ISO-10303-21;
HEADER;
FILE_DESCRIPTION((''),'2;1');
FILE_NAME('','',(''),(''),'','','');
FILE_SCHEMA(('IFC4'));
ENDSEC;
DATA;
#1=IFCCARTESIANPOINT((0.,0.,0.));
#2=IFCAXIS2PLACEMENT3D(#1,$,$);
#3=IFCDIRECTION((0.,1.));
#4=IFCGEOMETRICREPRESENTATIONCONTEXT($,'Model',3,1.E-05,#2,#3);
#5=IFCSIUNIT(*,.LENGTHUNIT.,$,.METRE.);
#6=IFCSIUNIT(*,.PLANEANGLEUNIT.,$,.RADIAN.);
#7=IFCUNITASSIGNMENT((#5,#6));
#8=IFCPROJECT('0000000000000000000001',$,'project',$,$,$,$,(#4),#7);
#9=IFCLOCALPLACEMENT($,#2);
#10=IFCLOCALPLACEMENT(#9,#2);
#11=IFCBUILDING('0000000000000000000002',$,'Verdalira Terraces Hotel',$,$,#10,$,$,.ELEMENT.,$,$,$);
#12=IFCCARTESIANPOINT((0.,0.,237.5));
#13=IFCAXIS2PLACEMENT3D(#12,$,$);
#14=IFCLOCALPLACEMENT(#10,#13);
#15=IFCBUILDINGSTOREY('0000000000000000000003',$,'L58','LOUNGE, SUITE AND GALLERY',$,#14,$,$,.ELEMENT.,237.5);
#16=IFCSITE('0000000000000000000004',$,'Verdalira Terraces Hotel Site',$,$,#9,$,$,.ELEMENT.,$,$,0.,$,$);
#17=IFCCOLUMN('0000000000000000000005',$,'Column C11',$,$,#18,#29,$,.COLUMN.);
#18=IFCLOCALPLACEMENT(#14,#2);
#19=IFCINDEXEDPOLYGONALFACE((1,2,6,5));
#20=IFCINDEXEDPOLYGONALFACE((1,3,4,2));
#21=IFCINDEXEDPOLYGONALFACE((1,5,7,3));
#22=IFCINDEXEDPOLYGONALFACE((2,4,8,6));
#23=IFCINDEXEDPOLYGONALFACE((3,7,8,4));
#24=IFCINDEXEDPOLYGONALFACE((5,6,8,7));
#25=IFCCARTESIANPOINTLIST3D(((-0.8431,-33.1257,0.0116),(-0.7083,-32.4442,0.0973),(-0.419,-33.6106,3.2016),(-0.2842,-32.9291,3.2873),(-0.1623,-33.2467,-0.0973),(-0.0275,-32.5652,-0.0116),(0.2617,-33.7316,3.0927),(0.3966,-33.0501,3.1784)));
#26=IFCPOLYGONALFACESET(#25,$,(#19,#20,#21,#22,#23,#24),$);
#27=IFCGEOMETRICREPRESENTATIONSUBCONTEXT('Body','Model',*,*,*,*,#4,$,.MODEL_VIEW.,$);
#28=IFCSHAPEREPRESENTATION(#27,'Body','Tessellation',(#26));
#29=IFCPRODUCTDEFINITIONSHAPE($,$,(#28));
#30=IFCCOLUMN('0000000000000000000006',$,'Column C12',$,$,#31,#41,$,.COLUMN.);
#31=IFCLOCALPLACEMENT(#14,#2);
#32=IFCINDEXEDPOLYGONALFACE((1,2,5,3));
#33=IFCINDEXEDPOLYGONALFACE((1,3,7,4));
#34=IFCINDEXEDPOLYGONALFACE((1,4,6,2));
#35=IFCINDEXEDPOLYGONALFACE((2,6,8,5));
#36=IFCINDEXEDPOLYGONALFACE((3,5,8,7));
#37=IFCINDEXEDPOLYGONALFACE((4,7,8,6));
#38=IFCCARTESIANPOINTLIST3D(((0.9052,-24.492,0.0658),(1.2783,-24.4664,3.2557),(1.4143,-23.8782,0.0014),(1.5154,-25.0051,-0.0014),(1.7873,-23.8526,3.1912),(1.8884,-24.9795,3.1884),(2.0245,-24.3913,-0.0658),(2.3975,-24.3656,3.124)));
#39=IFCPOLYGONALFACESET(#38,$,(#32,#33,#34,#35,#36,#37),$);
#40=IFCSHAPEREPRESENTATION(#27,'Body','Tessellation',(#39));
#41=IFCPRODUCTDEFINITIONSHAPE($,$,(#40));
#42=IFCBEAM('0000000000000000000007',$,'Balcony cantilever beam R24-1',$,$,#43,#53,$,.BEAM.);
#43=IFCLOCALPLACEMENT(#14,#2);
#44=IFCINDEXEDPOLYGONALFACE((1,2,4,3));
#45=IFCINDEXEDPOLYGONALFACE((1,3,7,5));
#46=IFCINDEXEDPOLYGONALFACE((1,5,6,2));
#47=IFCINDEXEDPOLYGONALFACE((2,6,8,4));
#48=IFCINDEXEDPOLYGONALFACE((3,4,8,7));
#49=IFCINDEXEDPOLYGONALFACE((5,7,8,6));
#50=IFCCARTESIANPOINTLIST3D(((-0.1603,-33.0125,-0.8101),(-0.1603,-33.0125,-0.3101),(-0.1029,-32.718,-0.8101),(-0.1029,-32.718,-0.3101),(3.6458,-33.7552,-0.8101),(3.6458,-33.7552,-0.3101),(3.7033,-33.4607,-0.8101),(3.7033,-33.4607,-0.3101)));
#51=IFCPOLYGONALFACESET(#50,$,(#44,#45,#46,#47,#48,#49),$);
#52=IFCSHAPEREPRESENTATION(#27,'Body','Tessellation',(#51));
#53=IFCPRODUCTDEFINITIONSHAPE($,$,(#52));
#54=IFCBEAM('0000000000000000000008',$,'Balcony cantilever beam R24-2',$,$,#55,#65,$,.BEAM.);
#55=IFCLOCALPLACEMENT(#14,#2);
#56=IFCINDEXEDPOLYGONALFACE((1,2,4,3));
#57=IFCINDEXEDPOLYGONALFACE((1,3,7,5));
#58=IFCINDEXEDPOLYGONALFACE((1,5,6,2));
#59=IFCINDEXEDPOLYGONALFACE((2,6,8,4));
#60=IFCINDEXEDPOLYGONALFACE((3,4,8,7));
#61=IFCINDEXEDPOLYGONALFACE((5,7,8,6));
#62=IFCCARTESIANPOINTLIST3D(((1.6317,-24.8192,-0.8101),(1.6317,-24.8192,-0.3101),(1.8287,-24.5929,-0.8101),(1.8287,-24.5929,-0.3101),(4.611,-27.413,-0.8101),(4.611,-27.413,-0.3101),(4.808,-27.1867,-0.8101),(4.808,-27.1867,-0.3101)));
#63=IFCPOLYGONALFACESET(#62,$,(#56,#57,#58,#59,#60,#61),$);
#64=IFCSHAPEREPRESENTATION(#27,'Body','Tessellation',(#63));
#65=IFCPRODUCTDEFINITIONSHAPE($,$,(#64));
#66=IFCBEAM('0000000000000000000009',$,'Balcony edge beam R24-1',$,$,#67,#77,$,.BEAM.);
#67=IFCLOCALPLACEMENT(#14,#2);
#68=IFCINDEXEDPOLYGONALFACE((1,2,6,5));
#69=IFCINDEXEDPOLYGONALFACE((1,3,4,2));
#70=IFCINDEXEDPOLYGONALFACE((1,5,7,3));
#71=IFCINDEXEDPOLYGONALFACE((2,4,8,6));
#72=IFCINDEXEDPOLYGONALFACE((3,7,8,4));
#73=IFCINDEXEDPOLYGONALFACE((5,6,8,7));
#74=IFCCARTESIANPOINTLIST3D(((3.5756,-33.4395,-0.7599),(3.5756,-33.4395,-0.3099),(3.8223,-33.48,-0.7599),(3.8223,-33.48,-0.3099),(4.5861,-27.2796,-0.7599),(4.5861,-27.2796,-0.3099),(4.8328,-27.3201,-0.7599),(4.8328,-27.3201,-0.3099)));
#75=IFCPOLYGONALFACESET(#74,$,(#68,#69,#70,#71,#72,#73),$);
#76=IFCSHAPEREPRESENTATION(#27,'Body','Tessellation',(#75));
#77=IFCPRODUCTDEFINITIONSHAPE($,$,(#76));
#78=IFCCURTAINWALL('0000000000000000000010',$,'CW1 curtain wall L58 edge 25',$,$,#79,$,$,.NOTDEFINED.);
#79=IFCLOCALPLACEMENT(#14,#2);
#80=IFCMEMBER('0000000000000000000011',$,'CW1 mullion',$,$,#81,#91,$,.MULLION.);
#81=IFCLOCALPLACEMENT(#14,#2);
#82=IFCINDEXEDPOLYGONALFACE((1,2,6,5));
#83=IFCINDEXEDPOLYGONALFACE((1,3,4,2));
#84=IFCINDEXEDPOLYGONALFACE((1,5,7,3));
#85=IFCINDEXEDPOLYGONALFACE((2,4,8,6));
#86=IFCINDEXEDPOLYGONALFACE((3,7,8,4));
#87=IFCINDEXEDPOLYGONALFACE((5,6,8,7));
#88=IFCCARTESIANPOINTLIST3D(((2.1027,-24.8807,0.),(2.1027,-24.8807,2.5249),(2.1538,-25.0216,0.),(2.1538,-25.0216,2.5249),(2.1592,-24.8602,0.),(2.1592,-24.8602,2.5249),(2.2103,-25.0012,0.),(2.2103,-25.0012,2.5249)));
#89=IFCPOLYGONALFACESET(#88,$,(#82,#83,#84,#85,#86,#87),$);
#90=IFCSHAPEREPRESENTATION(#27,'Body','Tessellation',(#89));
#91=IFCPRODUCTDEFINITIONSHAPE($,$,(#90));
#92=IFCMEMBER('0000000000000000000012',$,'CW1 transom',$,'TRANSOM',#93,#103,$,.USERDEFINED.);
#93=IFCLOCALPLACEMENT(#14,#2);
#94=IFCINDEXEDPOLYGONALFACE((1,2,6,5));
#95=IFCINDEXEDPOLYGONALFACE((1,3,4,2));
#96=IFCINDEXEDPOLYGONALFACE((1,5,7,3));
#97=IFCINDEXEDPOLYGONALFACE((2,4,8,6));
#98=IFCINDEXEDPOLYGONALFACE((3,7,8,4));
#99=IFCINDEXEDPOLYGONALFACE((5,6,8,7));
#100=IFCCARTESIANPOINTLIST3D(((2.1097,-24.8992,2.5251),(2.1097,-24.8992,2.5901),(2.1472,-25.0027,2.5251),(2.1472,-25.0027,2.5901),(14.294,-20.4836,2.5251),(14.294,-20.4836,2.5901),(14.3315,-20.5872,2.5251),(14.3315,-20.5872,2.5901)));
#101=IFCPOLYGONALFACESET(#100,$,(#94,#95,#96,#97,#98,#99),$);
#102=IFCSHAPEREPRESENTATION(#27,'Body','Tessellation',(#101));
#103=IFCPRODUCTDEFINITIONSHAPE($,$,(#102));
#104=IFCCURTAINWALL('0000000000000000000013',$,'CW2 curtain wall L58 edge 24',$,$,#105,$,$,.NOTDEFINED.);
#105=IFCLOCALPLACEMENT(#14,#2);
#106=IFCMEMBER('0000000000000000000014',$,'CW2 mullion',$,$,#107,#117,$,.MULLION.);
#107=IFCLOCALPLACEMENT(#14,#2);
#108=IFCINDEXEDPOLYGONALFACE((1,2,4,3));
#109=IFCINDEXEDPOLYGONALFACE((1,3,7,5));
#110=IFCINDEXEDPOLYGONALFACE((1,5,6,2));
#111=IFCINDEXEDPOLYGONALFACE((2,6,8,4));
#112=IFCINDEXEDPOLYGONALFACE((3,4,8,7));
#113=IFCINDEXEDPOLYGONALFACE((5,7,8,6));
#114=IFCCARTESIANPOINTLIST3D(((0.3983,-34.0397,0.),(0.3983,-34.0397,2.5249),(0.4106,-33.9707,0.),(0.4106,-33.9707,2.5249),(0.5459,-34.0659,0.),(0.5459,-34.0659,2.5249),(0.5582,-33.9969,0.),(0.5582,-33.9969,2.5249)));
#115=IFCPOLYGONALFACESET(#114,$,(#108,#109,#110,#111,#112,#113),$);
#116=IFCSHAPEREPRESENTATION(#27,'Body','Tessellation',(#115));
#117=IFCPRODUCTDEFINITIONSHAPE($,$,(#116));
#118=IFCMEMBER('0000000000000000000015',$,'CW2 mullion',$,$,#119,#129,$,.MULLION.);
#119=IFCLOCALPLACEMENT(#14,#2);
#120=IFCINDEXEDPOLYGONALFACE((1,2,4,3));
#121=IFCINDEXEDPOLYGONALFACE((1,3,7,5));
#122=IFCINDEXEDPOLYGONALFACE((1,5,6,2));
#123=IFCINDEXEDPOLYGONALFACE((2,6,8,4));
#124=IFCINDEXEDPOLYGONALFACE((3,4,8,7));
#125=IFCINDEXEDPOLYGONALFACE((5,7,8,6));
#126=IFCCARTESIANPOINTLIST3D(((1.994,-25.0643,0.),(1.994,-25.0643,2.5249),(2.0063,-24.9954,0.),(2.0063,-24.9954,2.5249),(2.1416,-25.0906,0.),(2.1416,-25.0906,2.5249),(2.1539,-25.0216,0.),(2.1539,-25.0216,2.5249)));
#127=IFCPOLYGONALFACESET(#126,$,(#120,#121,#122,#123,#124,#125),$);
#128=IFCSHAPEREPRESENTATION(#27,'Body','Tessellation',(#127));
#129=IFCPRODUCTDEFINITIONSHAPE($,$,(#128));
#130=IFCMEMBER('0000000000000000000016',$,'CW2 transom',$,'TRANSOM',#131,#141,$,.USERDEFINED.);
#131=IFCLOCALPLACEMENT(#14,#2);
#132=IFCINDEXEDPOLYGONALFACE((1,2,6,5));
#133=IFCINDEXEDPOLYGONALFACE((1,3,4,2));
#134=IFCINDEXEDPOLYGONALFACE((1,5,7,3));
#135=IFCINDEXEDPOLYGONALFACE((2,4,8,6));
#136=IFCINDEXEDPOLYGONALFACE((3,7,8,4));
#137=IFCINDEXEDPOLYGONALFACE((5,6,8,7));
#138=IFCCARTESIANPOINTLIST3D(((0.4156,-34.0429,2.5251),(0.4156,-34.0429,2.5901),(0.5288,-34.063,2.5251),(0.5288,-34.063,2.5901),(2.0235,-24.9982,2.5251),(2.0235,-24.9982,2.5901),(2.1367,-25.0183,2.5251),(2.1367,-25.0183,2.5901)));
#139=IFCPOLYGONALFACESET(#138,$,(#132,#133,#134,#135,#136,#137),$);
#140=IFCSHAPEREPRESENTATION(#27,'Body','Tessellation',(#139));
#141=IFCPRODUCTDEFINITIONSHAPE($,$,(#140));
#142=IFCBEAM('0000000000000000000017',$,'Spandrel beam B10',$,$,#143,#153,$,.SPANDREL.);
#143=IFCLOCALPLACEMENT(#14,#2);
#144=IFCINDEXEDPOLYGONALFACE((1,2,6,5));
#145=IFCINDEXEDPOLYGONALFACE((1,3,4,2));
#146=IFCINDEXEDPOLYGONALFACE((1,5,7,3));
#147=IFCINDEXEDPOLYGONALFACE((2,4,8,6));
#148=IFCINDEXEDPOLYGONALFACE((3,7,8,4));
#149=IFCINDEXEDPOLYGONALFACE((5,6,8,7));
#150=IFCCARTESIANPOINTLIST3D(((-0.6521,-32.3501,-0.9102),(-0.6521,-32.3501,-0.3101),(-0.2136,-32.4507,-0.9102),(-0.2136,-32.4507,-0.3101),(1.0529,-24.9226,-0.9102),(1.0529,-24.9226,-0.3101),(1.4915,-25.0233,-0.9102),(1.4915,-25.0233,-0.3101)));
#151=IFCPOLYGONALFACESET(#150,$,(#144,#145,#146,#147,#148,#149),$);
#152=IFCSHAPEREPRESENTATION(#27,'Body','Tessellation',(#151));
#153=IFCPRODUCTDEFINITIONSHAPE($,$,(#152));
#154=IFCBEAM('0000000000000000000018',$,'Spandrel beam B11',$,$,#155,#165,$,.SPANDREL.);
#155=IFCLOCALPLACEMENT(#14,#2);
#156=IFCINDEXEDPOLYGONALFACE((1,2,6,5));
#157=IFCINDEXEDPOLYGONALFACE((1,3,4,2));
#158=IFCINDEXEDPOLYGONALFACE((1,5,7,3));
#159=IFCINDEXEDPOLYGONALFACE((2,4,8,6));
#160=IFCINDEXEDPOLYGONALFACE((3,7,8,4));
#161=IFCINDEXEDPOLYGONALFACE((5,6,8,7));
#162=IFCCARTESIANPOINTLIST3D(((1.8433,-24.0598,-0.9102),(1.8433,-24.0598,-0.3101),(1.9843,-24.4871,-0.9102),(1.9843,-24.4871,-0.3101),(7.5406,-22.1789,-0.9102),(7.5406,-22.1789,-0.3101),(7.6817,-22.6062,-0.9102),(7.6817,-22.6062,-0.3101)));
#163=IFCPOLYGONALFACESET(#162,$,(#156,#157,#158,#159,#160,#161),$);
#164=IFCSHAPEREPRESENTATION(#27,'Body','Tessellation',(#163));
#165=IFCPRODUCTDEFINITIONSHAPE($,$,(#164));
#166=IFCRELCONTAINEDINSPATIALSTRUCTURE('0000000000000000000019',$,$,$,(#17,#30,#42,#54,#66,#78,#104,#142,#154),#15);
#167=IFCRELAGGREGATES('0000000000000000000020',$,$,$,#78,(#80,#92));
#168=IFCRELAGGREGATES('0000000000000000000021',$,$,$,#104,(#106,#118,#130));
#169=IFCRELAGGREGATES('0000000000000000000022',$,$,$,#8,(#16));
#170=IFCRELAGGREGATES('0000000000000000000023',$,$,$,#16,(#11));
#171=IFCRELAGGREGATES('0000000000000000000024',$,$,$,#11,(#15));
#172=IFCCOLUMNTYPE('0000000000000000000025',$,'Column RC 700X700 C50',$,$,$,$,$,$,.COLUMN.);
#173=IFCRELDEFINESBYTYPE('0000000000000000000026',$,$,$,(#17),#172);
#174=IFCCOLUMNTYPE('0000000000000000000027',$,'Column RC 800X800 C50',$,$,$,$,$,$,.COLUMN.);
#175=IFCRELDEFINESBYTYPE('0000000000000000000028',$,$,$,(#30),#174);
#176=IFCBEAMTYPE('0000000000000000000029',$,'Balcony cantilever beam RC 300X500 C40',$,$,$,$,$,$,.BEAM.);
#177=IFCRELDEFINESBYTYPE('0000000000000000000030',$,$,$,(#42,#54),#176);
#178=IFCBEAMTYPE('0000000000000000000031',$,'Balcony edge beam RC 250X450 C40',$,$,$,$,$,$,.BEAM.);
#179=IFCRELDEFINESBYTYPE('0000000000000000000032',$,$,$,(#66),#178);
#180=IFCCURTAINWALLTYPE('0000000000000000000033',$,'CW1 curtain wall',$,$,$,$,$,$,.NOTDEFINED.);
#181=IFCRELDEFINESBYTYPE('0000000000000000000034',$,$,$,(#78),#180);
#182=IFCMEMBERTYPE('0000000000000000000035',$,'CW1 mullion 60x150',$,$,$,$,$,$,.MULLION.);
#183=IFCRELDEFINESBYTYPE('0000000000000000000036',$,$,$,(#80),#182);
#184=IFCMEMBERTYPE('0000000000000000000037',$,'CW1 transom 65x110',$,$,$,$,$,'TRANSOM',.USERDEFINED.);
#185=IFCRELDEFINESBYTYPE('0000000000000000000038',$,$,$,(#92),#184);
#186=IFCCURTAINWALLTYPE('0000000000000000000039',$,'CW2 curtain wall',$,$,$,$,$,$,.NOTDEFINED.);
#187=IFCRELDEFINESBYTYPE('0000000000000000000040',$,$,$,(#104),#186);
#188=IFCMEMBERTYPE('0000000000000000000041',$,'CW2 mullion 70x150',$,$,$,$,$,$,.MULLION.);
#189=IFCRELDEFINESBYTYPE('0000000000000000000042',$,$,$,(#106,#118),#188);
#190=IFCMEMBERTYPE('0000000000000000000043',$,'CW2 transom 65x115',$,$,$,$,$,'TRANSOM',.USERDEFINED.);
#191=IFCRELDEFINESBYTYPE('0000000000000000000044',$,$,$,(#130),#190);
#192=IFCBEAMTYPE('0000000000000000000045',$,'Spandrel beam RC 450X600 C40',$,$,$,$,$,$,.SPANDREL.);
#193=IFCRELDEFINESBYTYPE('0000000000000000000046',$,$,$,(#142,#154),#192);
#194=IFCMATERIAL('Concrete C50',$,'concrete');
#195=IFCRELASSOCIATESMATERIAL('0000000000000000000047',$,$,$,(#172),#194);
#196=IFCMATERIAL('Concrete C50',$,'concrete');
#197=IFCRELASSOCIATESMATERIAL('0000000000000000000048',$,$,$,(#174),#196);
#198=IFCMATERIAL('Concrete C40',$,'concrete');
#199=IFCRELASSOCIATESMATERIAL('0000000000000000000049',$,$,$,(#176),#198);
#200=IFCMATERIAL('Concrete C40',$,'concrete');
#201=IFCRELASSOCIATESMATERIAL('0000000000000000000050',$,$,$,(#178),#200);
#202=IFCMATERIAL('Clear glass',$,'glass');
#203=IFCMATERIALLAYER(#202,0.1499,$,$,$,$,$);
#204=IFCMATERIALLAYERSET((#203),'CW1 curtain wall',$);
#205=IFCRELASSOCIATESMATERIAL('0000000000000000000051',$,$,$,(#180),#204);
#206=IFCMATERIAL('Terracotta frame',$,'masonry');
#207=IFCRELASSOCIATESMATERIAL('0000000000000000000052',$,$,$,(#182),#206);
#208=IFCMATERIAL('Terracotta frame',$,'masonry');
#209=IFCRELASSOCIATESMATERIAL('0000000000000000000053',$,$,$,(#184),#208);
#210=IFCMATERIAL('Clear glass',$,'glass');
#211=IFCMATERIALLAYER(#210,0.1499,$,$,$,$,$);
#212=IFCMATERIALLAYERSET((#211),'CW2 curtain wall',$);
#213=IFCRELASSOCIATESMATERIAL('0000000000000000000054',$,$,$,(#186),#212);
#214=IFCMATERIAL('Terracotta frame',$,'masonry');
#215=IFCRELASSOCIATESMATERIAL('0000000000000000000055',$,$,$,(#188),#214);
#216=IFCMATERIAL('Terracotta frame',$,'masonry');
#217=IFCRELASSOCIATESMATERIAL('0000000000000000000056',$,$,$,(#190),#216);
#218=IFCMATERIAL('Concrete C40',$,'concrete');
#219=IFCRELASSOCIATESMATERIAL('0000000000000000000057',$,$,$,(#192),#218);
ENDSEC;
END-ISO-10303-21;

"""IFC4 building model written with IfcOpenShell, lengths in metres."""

from ifc_helpers import new_model, si_unit, direction, frame, origin, origin_2d, place, context, subcontext, project, spatial, rectangle, extrude, material, layer, layer_set, material_profile, profile_set, type_object, element, aggregate, save


model = new_model("IFC4")

# Units and contexts
model_context = context("Model", 3, precision=1e-05, world=origin(), true_north=direction((0.0, 1.0)))
body_context = subcontext(model_context, "Body", "Model", "MODEL_VIEW")
ifc_project = project(units=[si_unit("LENGTHUNIT", "METRE"), si_unit("PLANEANGLEUNIT", "RADIAN")], contexts=[model_context])

# Site, building, storey
site_placement = place(None, origin())
site = spatial("IfcSite", under=ifc_project, at=site_placement, Name="Verdalira Terraces Hotel Site", CompositionType="ELEMENT", RefElevation=0.0)
building_placement = place(site_placement, origin())
building = spatial("IfcBuilding", under=site, at=building_placement, Name="Verdalira Terraces Hotel", CompositionType="ELEMENT")
storey_placement = place(building_placement, frame((0.0, 0.0, 237.5)))
storey = spatial("IfcBuildingStorey", under=building, at=storey_placement, Name="L58", Description="LOUNGE, SUITE AND GALLERY", CompositionType="ELEMENT", Elevation=237.5)

# Columns
ifc_material_1 = material(Name="Concrete C50", Category="concrete")
ifc_material_profile_1 = material_profile(ifc_material_1, rectangle(XDim=0.7, YDim=0.7, at=origin_2d()), Name="RC 700X700")
ifc_profile_set_1 = profile_set([ifc_material_profile_1], Name="Concrete C50")
column_type_1 = type_object("IfcColumnType", Name="Column RC 700X700 C50", PredefinedType="COLUMN", material=ifc_profile_set_1)
column_1_placement = place(storey_placement, frame((-0.4353, -32.8455, 0.0), z_axis=(0.13031, -0.14899, 0.980215), x_axis=(0.192626, 0.973611, 0.122379)))
element("IfcColumn", 1, at=column_1_placement, inside=storey, type_object=column_type_1, Name="Column C11", PredefinedType="COLUMN", context=body_context, shape_type="SweptSolid", body=[
    extrude(rectangle(XDim=0.7, YDim=0.7, at=origin_2d()), origin(), (0.0, 0.0, 1.0), 3.2544),
])
ifc_material_2 = material(Name="Concrete C50", Category="concrete")
ifc_material_profile_2 = material_profile(ifc_material_2, rectangle(XDim=0.8, YDim=0.8, at=origin_2d()), Name="RC 800X800")
ifc_profile_set_2 = profile_set([ifc_material_profile_2], Name="Concrete C50")
column_type_2 = type_object("IfcColumnType", Name="Column RC 800X800 C50", PredefinedType="COLUMN", material=ifc_profile_set_2)
column_2_placement = place(storey_placement, frame((1.4648, -24.4416, 0.0), z_axis=(0.116149, 0.007981, 0.9932), x_axis=(-0.636262, -0.767254, 0.080573)))
element("IfcColumn", 2, at=column_2_placement, inside=storey, type_object=column_type_2, Name="Column C12", PredefinedType="COLUMN", context=body_context, shape_type="SweptSolid", body=[
    extrude(rectangle(XDim=0.8, YDim=0.8, at=origin_2d()), origin(), (0.0, 0.0, 1.0), 3.2117),
])

# Beams
ifc_material_3 = material(Name="Concrete C40", Category="concrete")
ifc_material_profile_3 = material_profile(ifc_material_3, rectangle(XDim=0.3, YDim=0.5, at=origin_2d()), Name="RC 300X500")
ifc_profile_set_3 = profile_set([ifc_material_profile_3], Name="Concrete C40")
beam_type_1 = type_object("IfcBeamType", Name="Balcony cantilever beam RC 300X500 C40", PredefinedType="BEAM", material=ifc_profile_set_3)
beam_1_placement = place(storey_placement, frame((-0.1316, -32.8652, -0.5601), z_axis=(0.98149, -0.191513, 0.0), x_axis=(0.191513, 0.98149, 0.0)))
element("IfcBeam", 3, at=beam_1_placement, inside=storey, type_object=beam_type_1, Name="Balcony cantilever beam R24-1", PredefinedType="BEAM", context=body_context, shape_type="SweptSolid", body=[
    extrude(rectangle(XDim=0.3, YDim=0.5, at=origin_2d()), origin(), (0.0, 0.0, 1.0), 3.8779),
])
beam_2_placement = place(storey_placement, frame((1.7302, -24.7061, -0.5601), z_axis=(0.754217, -0.656625, 0.0), x_axis=(0.656625, 0.754217, 0.0)))
element("IfcBeam", 4, at=beam_2_placement, inside=storey, type_object=beam_type_1, Name="Balcony cantilever beam R24-2", PredefinedType="BEAM", context=body_context, shape_type="SweptSolid", body=[
    extrude(rectangle(XDim=0.3, YDim=0.5, at=origin_2d()), origin(), (0.0, 0.0, 1.0), 3.9502),
])
ifc_material_4 = material(Name="Concrete C40", Category="concrete")
ifc_material_profile_4 = material_profile(ifc_material_4, rectangle(XDim=0.25, YDim=0.45, at=origin_2d()), Name="RC 250X450")
ifc_profile_set_4 = profile_set([ifc_material_profile_4], Name="Concrete C40")
beam_type_2 = type_object("IfcBeamType", Name="Balcony edge beam RC 250X450 C40", PredefinedType="BEAM", material=ifc_profile_set_4)
beam_3_placement = place(storey_placement, frame((3.699, -33.4597, -0.5349), z_axis=(0.161881, 0.98681, 0.0), x_axis=(-0.98681, 0.161881, 0.0)))
element("IfcBeam", 5, at=beam_3_placement, inside=storey, type_object=beam_type_2, Name="Balcony edge beam R24-1", PredefinedType="BEAM", context=body_context, shape_type="SweptSolid", body=[
    extrude(rectangle(XDim=0.25, YDim=0.45, at=origin_2d()), origin(), (0.0, 0.0, 1.0), 6.2422),
])

# Curtain walls, members
ifc_material_5 = material(Name="Clear glass", Category="glass")
ifc_layer_1 = layer(ifc_material_5, 0.1499)
ifc_layer_set_1 = layer_set([ifc_layer_1], Name="CW1 curtain wall")
curtain_wall_type_1 = type_object("IfcCurtainWallType", Name="CW1 curtain wall", PredefinedType="NOTDEFINED", material=ifc_layer_set_1)
curtain_wall_1_placement = place(storey_placement, origin())
curtain_wall_1 = element("IfcCurtainWall", 6, at=curtain_wall_1_placement, inside=storey, type_object=curtain_wall_type_1, Name="CW1 curtain wall L58 edge 25", PredefinedType="NOTDEFINED")
ifc_material_6 = material(Name="Terracotta frame", Category="masonry")
ifc_material_profile_5 = material_profile(ifc_material_6, rectangle(XDim=0.0601, YDim=0.1499, at=origin_2d()), Name="MU 60x150")
ifc_profile_set_5 = profile_set([ifc_material_profile_5], Name="Terracotta frame")
member_type_1 = type_object("IfcMemberType", Name="CW1 mullion 60x150", PredefinedType="MULLION", material=ifc_profile_set_5)
member_1_placement = place(storey_placement, frame((2.1565, -24.9409, 0.0), z_axis=(0.0, 0.0, 1.0), x_axis=(0.940169, 0.340708, 0.0)))
member_1 = element("IfcMember", 7, at=member_1_placement, type_object=member_type_1, Name="CW1 mullion", PredefinedType="MULLION", context=body_context, shape_type="SweptSolid", body=[
    extrude(rectangle(XDim=0.0601, YDim=0.1499, at=origin_2d()), origin(), (0.0, 0.0, 1.0), 2.5249),
])
ifc_material_7 = material(Name="Terracotta frame", Category="masonry")
ifc_material_profile_6 = material_profile(ifc_material_7, rectangle(XDim=0.1101, YDim=0.0649, at=origin_2d()), Name="TR 65x110")
ifc_profile_set_6 = profile_set([ifc_material_profile_6], Name="Terracotta frame")
member_type_2 = type_object("IfcMemberType", Name="CW1 transom 65x110", ElementType="TRANSOM", PredefinedType="USERDEFINED", material=ifc_profile_set_6)
member_2_placement = place(storey_placement, frame((2.1284, -24.9509, 2.5576), z_axis=(0.940168, 0.340711, 0.0), x_axis=(-0.340711, 0.940168, 0.0)))
member_2 = element("IfcMember", 8, at=member_2_placement, type_object=member_type_2, Name="CW1 transom", ObjectType="TRANSOM", PredefinedType="USERDEFINED", context=body_context, shape_type="SweptSolid", body=[
    extrude(rectangle(XDim=0.1101, YDim=0.0649, at=origin_2d()), origin(), (0.0, 0.0, 1.0), 12.9597),
])
aggregate(curtain_wall_1, [member_1, member_2])
ifc_material_8 = material(Name="Clear glass", Category="glass")
ifc_layer_2 = layer(ifc_material_8, 0.1499)
ifc_layer_set_2 = layer_set([ifc_layer_2], Name="CW2 curtain wall")
curtain_wall_type_2 = type_object("IfcCurtainWallType", Name="CW2 curtain wall", PredefinedType="NOTDEFINED", material=ifc_layer_set_2)
curtain_wall_2_placement = place(storey_placement, origin())
curtain_wall_2 = element("IfcCurtainWall", 9, at=curtain_wall_2_placement, inside=storey, type_object=curtain_wall_type_2, Name="CW2 curtain wall L58 edge 24", PredefinedType="NOTDEFINED")
ifc_material_9 = material(Name="Terracotta frame", Category="masonry")
ifc_material_profile_7 = material_profile(ifc_material_9, rectangle(XDim=0.0701, YDim=0.1499, at=origin_2d()), Name="MU 70x150")
ifc_profile_set_7 = profile_set([ifc_material_profile_7], Name="Terracotta frame")
member_type_3 = type_object("IfcMemberType", Name="CW2 mullion 70x150", PredefinedType="MULLION", material=ifc_profile_set_7)
member_3_placement = place(storey_placement, frame((0.4783, -34.0183, 0.0), z_axis=(0.0, 0.0, 1.0), x_axis=(0.175023, 0.984564, 0.0)))
member_3 = element("IfcMember", 10, at=member_3_placement, type_object=member_type_3, Name="CW2 mullion", PredefinedType="MULLION", context=body_context, shape_type="SweptSolid", body=[
    extrude(rectangle(XDim=0.0701, YDim=0.1499, at=origin_2d()), origin(), (0.0, 0.0, 1.0), 2.5249),
])
member_4_placement = place(storey_placement, frame((2.074, -25.043, 0.0), z_axis=(0.0, 0.0, 1.0), x_axis=(0.175023, 0.984564, 0.0)))
member_4 = element("IfcMember", 11, at=member_4_placement, type_object=member_type_3, Name="CW2 mullion", PredefinedType="MULLION", context=body_context, shape_type="SweptSolid", body=[
    extrude(rectangle(XDim=0.0701, YDim=0.1499, at=origin_2d()), origin(), (0.0, 0.0, 1.0), 2.5249),
])
ifc_material_10 = material(Name="Terracotta frame", Category="masonry")
ifc_material_profile_8 = material_profile(ifc_material_10, rectangle(XDim=0.115, YDim=0.0649, at=origin_2d()), Name="TR 65x115")
ifc_profile_set_8 = profile_set([ifc_material_profile_8], Name="Terracotta frame")
member_type_4 = type_object("IfcMemberType", Name="CW2 transom 65x115", ElementType="TRANSOM", PredefinedType="USERDEFINED", material=ifc_profile_set_8)
member_5_placement = place(storey_placement, frame((0.4722, -34.053, 2.5576), z_axis=(0.17503, 0.984563, 0.0), x_axis=(-0.984563, 0.17503, 0.0)))
member_5 = element("IfcMember", 12, at=member_5_placement, type_object=member_type_4, Name="CW2 transom", ObjectType="TRANSOM", PredefinedType="USERDEFINED", context=body_context, shape_type="SweptSolid", body=[
    extrude(rectangle(XDim=0.115, YDim=0.0649, at=origin_2d()), origin(), (0.0, 0.0, 1.0), 9.1865),
])

# Beams
ifc_material_11 = material(Name="Concrete C40", Category="concrete")
ifc_material_profile_9 = material_profile(ifc_material_11, rectangle(XDim=0.45, YDim=0.6001, at=origin_2d()), Name="RC 450X600")
ifc_profile_set_9 = profile_set([ifc_material_profile_9], Name="Concrete C40")
beam_type_3 = type_object("IfcBeamType", Name="Spandrel beam RC 450X600 C40", PredefinedType="SPANDREL", material=ifc_profile_set_9)
beam_4_placement = place(storey_placement, frame((-0.4329, -32.4004, -0.6101), z_axis=(0.223743, 0.974648, 0.0), x_axis=(-0.974648, 0.223743, 0.0)))
element("IfcBeam", 13, at=beam_4_placement, inside=storey, type_object=beam_type_3, Name="Spandrel beam B10", PredefinedType="SPANDREL", context=body_context, shape_type="SweptSolid", body=[
    extrude(rectangle(XDim=0.45, YDim=0.6001, at=origin_2d()), origin(), (0.0, 0.0, 1.0), 7.6206),
])
beam_5_placement = place(storey_placement, frame((1.9138, -24.2734, -0.6101), z_axis=(0.949591, 0.313492, 0.0), x_axis=(-0.313492, 0.949591, 0.0)))
element("IfcBeam", 14, at=beam_5_placement, inside=storey, type_object=beam_type_3, Name="Spandrel beam B11", PredefinedType="SPANDREL", context=body_context, shape_type="SweptSolid", body=[
    extrude(rectangle(XDim=0.45, YDim=0.6001, at=origin_2d()), origin(), (0.0, 0.0, 1.0), 5.9998),
])

aggregate(curtain_wall_2, [member_3, member_4, member_5])

save(model, "model.ifc")
